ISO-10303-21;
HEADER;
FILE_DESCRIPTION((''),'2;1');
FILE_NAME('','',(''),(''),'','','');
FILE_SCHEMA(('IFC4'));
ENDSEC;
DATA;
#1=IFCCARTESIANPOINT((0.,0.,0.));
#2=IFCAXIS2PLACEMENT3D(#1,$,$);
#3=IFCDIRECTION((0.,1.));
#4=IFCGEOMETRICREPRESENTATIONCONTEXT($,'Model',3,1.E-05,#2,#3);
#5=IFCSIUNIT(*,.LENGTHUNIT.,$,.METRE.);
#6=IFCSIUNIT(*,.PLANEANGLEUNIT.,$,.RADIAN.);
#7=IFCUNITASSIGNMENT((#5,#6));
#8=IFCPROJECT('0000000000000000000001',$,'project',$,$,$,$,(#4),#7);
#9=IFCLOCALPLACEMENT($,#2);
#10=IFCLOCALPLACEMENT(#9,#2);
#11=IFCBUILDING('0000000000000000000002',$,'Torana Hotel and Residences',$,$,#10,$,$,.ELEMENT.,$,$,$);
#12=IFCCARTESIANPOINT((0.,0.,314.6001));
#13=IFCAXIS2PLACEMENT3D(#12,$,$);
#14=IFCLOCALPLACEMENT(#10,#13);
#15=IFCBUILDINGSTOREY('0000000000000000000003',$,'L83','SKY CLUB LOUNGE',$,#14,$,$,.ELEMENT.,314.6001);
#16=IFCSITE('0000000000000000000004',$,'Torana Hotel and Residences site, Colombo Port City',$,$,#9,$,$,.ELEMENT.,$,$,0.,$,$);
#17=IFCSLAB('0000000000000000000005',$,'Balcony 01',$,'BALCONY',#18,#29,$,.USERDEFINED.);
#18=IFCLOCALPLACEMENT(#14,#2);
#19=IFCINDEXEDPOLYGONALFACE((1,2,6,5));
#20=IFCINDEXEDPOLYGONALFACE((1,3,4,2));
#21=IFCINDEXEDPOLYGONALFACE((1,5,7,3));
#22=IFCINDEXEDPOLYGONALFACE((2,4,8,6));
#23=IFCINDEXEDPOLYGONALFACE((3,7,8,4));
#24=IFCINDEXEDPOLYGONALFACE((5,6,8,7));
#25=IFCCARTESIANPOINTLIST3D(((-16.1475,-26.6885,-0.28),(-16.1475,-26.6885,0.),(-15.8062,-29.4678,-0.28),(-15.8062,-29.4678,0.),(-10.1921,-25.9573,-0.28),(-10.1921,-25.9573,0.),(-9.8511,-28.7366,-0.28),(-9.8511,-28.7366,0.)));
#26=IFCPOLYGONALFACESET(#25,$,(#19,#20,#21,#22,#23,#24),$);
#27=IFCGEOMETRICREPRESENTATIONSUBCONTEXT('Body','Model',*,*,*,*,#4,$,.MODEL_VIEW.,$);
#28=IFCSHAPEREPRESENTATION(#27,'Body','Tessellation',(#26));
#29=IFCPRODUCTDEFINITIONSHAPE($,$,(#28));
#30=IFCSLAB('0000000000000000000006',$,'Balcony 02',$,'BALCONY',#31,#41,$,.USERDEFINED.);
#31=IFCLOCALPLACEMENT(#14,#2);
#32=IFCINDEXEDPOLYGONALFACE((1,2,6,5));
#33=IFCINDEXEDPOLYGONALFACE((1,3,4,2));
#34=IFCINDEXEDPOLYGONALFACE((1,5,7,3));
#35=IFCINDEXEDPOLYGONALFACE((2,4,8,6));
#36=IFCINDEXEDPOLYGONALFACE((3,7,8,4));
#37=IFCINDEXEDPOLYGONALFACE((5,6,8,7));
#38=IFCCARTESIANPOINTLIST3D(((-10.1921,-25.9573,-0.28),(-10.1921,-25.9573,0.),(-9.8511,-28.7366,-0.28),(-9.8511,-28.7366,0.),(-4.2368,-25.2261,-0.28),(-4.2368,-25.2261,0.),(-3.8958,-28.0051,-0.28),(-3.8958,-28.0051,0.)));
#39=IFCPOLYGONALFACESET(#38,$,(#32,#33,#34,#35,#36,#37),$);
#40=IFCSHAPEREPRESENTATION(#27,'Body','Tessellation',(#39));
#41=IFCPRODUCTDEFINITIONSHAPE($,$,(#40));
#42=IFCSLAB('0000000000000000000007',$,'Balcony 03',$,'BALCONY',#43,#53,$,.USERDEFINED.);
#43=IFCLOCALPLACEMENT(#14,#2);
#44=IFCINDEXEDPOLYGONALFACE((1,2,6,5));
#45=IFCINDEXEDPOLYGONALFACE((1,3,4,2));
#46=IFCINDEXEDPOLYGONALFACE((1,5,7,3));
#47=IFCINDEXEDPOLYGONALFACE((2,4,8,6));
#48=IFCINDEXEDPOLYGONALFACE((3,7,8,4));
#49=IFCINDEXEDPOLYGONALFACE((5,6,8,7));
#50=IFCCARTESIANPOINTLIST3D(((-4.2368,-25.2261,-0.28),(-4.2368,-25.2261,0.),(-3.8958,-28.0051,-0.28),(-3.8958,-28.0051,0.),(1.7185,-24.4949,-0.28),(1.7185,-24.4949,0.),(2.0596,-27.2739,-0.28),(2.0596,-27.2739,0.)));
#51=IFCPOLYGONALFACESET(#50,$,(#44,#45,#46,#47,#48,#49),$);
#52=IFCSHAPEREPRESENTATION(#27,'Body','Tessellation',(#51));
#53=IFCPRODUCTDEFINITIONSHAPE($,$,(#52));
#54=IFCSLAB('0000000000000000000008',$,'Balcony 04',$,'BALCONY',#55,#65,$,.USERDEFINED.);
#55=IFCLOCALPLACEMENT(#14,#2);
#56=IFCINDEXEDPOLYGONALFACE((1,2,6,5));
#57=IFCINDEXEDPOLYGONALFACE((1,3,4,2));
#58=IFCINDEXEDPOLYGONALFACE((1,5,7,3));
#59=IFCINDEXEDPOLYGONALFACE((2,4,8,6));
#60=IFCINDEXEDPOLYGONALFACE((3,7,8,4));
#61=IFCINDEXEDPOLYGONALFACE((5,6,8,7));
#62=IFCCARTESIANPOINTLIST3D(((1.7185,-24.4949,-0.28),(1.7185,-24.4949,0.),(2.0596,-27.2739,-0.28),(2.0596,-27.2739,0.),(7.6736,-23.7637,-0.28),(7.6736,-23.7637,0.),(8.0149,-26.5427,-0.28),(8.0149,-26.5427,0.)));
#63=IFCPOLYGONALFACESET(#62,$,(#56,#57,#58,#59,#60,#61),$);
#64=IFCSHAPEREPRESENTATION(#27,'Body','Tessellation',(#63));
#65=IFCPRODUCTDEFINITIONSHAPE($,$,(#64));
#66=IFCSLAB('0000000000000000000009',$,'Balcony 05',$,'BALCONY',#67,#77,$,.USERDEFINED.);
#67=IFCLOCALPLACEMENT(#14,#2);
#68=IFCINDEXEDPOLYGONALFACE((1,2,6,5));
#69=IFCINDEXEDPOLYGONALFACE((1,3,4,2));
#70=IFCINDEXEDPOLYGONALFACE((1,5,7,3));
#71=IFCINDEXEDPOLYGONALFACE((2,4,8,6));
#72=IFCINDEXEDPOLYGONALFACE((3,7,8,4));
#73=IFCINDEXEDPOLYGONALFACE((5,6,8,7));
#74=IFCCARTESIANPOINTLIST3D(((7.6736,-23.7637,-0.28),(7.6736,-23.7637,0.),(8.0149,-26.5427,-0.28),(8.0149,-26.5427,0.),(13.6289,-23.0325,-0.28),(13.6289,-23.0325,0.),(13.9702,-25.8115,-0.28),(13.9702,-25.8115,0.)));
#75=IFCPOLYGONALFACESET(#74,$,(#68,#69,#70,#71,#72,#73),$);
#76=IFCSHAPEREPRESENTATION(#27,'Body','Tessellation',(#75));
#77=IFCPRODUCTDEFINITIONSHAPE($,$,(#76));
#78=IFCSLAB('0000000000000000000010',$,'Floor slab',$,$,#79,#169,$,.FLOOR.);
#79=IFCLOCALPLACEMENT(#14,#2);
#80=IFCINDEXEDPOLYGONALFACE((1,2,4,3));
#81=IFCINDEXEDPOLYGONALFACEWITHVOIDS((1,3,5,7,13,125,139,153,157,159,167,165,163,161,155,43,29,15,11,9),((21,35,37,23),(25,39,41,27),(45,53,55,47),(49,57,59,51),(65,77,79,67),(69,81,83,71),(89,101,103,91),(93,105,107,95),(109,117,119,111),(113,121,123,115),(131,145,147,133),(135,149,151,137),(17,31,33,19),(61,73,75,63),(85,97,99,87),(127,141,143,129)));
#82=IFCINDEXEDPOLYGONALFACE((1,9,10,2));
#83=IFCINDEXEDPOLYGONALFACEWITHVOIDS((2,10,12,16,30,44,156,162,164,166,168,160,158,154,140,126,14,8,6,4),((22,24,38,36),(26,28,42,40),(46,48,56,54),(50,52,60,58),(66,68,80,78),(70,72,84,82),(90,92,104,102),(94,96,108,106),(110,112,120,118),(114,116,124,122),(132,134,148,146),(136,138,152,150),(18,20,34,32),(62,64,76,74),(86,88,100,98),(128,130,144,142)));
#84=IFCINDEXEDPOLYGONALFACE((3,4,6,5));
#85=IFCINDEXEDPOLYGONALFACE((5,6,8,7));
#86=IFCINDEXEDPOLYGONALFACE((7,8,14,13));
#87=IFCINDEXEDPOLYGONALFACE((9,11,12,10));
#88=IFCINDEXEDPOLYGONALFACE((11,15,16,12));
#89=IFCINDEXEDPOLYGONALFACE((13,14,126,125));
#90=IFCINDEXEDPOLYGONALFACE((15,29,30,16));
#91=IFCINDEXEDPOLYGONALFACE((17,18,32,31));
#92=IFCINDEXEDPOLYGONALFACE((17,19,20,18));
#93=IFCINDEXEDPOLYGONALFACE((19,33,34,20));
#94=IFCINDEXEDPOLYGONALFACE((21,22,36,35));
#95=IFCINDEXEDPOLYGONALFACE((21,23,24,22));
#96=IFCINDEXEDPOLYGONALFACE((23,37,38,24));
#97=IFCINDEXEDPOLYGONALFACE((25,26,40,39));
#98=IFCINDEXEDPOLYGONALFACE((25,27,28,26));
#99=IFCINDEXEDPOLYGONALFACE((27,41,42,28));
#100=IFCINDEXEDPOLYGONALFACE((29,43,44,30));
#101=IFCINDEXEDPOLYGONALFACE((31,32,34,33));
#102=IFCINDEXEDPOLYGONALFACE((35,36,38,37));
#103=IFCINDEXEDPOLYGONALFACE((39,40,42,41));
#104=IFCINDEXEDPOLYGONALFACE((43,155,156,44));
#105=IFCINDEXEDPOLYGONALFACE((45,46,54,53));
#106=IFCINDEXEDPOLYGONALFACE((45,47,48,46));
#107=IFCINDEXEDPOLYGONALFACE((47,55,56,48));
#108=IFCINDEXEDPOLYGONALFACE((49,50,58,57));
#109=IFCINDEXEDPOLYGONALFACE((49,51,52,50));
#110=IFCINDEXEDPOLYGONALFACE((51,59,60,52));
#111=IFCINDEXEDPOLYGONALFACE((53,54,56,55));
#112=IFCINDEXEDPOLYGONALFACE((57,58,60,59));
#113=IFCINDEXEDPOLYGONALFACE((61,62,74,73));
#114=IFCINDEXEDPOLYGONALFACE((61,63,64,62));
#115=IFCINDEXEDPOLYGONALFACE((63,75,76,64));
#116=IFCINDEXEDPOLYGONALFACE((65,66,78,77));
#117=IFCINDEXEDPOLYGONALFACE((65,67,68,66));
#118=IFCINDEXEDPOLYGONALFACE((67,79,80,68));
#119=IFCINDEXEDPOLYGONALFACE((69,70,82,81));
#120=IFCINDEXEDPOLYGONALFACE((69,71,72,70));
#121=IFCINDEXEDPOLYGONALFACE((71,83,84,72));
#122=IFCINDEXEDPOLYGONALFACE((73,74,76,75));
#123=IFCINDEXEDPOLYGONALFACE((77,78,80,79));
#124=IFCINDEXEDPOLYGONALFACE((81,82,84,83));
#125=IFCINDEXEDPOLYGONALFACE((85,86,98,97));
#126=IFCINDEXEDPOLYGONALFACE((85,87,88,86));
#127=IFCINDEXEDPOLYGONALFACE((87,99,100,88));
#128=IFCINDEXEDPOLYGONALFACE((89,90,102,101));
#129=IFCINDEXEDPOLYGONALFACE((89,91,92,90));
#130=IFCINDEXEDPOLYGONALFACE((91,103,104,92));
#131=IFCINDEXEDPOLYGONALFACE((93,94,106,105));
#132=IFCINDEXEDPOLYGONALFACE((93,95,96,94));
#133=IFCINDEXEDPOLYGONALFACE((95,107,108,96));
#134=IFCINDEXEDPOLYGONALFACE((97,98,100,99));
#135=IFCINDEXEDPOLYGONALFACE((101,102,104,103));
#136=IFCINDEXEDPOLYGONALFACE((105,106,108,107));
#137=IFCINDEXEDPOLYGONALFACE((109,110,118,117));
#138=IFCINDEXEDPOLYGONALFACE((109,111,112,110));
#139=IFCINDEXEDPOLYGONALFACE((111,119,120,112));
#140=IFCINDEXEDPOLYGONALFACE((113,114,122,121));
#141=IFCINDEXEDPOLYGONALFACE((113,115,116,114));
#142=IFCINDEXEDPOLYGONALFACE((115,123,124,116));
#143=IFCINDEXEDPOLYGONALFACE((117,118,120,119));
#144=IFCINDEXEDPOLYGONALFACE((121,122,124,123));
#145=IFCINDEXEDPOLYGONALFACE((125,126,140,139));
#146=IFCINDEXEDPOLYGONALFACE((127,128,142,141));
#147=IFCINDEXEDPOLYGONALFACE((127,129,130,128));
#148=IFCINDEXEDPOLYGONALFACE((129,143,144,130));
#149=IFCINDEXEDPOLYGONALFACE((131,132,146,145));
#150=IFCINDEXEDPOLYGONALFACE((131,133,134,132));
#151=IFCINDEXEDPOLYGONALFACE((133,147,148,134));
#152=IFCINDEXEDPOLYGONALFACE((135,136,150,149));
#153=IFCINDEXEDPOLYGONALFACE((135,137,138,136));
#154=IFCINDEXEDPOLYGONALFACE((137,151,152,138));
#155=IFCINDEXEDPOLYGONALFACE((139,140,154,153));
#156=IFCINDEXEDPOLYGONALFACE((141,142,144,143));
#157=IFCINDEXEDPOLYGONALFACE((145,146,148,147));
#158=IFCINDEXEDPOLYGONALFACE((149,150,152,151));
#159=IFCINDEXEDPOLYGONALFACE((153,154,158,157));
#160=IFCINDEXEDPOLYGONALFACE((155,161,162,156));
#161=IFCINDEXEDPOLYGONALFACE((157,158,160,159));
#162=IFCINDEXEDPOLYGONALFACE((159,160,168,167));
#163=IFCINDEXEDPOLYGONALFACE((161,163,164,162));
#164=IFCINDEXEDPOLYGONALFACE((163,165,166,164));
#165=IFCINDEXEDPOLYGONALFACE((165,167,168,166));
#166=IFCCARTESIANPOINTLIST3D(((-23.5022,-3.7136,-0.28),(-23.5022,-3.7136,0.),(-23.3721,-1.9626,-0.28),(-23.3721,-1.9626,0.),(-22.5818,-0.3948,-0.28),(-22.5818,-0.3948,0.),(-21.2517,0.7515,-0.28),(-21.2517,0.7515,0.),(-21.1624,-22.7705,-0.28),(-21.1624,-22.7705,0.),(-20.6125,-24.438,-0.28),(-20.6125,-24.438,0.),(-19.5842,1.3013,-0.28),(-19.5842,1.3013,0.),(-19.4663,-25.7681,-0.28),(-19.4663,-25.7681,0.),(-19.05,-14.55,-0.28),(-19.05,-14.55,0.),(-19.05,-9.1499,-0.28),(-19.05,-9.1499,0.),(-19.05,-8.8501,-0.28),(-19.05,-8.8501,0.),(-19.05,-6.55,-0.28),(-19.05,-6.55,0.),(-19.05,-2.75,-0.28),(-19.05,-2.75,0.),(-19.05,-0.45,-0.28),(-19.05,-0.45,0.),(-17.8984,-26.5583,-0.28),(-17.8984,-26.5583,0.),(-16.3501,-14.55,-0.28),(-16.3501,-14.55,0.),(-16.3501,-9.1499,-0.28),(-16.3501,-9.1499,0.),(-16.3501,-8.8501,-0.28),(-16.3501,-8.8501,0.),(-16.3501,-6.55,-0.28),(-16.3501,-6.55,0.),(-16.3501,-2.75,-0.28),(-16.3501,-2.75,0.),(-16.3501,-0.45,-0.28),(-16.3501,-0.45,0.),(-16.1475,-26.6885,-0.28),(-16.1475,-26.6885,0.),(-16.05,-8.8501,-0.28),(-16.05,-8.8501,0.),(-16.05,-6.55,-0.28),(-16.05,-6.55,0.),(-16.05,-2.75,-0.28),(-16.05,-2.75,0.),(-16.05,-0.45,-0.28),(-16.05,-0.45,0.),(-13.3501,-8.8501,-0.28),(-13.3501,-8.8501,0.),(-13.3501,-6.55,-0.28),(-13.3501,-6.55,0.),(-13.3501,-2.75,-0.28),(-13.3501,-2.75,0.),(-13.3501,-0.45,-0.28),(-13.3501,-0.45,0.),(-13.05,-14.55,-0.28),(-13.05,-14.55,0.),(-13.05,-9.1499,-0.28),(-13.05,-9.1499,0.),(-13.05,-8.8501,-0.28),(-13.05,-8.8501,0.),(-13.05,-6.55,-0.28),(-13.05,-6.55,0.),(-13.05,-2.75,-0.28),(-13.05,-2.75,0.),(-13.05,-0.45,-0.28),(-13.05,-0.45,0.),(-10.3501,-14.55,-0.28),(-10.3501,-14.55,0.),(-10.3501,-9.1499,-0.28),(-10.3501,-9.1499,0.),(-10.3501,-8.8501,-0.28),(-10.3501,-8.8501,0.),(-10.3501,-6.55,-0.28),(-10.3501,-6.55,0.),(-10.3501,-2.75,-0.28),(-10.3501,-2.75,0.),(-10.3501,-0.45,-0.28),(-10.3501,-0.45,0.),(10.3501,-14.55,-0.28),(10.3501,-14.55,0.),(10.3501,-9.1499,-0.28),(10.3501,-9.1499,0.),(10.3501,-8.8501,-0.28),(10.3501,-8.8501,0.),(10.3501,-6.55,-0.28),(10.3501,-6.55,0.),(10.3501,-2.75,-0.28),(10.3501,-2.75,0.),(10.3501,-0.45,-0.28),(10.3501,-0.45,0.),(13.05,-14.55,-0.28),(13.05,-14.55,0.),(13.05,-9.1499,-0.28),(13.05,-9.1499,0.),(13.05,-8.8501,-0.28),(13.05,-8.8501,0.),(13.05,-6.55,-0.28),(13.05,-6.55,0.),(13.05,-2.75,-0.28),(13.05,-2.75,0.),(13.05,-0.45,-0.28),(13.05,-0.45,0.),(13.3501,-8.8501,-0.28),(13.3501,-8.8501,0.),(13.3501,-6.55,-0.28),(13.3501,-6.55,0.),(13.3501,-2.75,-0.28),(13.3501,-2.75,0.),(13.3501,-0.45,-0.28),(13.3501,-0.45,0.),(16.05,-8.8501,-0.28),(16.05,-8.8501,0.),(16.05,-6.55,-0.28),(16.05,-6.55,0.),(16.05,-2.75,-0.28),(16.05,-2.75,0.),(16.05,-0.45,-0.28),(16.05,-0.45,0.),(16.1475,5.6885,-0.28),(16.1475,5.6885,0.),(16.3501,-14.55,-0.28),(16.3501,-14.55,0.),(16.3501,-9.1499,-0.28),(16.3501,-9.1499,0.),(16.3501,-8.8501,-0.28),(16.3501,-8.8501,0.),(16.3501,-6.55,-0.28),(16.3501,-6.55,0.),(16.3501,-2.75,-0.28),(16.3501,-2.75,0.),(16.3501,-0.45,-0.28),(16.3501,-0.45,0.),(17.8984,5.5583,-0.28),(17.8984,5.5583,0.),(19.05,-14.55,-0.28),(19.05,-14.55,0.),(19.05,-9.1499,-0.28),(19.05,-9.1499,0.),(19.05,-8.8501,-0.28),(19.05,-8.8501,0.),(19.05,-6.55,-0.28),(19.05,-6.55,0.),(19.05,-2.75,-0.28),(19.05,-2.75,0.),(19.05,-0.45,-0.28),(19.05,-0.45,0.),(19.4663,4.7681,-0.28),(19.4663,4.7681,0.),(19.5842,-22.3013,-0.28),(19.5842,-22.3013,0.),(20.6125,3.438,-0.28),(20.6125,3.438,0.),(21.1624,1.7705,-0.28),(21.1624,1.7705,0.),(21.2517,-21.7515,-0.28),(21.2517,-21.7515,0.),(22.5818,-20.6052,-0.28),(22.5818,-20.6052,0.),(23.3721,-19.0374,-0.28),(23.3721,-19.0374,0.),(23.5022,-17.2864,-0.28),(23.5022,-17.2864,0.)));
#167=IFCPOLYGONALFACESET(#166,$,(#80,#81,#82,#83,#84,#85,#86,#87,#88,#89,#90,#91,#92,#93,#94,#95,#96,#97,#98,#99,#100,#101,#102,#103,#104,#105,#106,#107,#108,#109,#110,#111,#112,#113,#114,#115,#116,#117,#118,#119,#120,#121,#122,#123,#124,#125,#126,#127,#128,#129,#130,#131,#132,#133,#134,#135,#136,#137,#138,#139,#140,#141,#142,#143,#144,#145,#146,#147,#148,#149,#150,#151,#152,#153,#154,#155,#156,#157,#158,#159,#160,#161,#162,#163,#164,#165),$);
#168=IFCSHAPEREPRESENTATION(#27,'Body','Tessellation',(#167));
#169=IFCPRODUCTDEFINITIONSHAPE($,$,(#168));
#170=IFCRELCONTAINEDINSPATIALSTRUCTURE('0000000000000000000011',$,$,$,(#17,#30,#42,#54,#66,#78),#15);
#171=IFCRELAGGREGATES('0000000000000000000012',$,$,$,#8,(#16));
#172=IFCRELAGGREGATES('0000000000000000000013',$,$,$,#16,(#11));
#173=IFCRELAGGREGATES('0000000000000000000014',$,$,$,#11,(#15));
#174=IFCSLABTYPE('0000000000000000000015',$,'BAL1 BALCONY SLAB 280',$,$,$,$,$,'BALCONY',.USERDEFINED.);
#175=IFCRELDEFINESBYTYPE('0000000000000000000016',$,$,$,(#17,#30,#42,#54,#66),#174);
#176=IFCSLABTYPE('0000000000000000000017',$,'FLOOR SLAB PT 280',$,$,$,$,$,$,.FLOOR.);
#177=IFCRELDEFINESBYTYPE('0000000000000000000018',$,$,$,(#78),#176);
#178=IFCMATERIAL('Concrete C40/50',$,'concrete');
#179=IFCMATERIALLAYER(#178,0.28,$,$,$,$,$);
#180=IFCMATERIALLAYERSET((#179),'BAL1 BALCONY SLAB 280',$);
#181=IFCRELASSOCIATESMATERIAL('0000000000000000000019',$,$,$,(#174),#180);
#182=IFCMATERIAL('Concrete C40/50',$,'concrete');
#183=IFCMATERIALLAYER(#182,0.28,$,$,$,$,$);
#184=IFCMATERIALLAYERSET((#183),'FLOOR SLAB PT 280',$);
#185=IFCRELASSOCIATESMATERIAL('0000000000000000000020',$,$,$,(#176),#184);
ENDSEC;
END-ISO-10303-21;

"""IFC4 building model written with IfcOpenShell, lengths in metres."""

from ifc_helpers import new_model, si_unit, direction, frame, origin, place, context, subcontext, project, spatial, polyline, outline, extrude, material, layer, layer_set, type_object, element, save


model = new_model("IFC4")

# Units and contexts
model_context = context("Model", 3, precision=1e-05, world=origin(), true_north=direction((0.0, 1.0)))
body_context = subcontext(model_context, "Body", "Model", "MODEL_VIEW")
ifc_project = project(units=[si_unit("LENGTHUNIT", "METRE"), si_unit("PLANEANGLEUNIT", "RADIAN")], contexts=[model_context])

# Site, building, storey
site_placement = place(None, origin())
site = spatial("IfcSite", under=ifc_project, at=site_placement, Name="Torana Hotel and Residences site, Colombo Port City", CompositionType="ELEMENT", RefElevation=0.0)
building_placement = place(site_placement, origin())
building = spatial("IfcBuilding", under=site, at=building_placement, Name="Torana Hotel and Residences", CompositionType="ELEMENT")
storey_placement = place(building_placement, frame((0.0, 0.0, 314.6001)))
storey = spatial("IfcBuildingStorey", under=building, at=storey_placement, Name="L83", Description="SKY CLUB LOUNGE", CompositionType="ELEMENT", Elevation=314.6001)

# Slabs
ifc_material_1 = material(Name="Concrete C40/50", Category="concrete")
ifc_layer_1 = layer(ifc_material_1, 0.28)
ifc_layer_set_1 = layer_set([ifc_layer_1], Name="BAL1 BALCONY SLAB 280")
slab_type_1 = type_object("IfcSlabType", Name="BAL1 BALCONY SLAB 280", ElementType="BALCONY", PredefinedType="USERDEFINED", material=ifc_layer_set_1)
slab_1_placement = place(storey_placement, frame((0.0, 0.0, -0.28)))
element("IfcSlab", 1, at=slab_1_placement, inside=storey, type_object=slab_type_1, Name="Balcony 01", ObjectType="BALCONY", PredefinedType="USERDEFINED", context=body_context, shape_type="SweptSolid", body=[
    extrude(outline(polyline([(-15.8062, -29.4678), (-9.8511, -28.7366), (-10.1921, -25.9573), (-16.1475, -26.6885), (-15.8062, -29.4678)])), origin(), (0.0, 0.0, 1.0), 0.28),
])
slab_2_placement = place(storey_placement, frame((0.0, 0.0, -0.28)))
element("IfcSlab", 2, at=slab_2_placement, inside=storey, type_object=slab_type_1, Name="Balcony 02", ObjectType="BALCONY", PredefinedType="USERDEFINED", context=body_context, shape_type="SweptSolid", body=[
    extrude(outline(polyline([(-9.8511, -28.7366), (-3.8958, -28.0051), (-4.2368, -25.2261), (-10.1921, -25.9573), (-9.8511, -28.7366)])), origin(), (0.0, 0.0, 1.0), 0.28),
])
slab_3_placement = place(storey_placement, frame((0.0, 0.0, -0.28)))
element("IfcSlab", 3, at=slab_3_placement, inside=storey, type_object=slab_type_1, Name="Balcony 03", ObjectType="BALCONY", PredefinedType="USERDEFINED", context=body_context, shape_type="SweptSolid", body=[
    extrude(outline(polyline([(-3.8958, -28.0051), (2.0596, -27.2739), (1.7185, -24.4949), (-4.2368, -25.2261), (-3.8958, -28.0051)])), origin(), (0.0, 0.0, 1.0), 0.28),
])
slab_4_placement = place(storey_placement, frame((0.0, 0.0, -0.28)))
element("IfcSlab", 4, at=slab_4_placement, inside=storey, type_object=slab_type_1, Name="Balcony 04", ObjectType="BALCONY", PredefinedType="USERDEFINED", context=body_context, shape_type="SweptSolid", body=[
    extrude(outline(polyline([(2.0596, -27.2739), (8.0149, -26.5427), (7.6736, -23.7637), (1.7185, -24.4949), (2.0596, -27.2739)])), origin(), (0.0, 0.0, 1.0), 0.28),
])
slab_5_placement = place(storey_placement, frame((0.0, 0.0, -0.28)))
element("IfcSlab", 5, at=slab_5_placement, inside=storey, type_object=slab_type_1, Name="Balcony 05", ObjectType="BALCONY", PredefinedType="USERDEFINED", context=body_context, shape_type="SweptSolid", body=[
    extrude(outline(polyline([(8.0149, -26.5427), (13.9702, -25.8115), (13.6289, -23.0325), (7.6736, -23.7637), (8.0149, -26.5427)])), origin(), (0.0, 0.0, 1.0), 0.28),
])
ifc_material_2 = material(Name="Concrete C40/50", Category="concrete")
ifc_layer_2 = layer(ifc_material_2, 0.28)
ifc_layer_set_2 = layer_set([ifc_layer_2], Name="FLOOR SLAB PT 280")
slab_type_2 = type_object("IfcSlabType", Name="FLOOR SLAB PT 280", PredefinedType="FLOOR", material=ifc_layer_set_2)
slab_6_placement = place(storey_placement, frame((0.0, 0.0, -0.28)))
element("IfcSlab", 6, at=slab_6_placement, inside=storey, type_object=slab_type_2, Name="Floor slab", PredefinedType="FLOOR", context=body_context, shape_type="SweptSolid", body=[
    extrude(outline(polyline([(21.1624, 1.7705), (20.6125, 3.438), (19.4663, 4.7681), (17.8984, 5.5583), (16.1475, 5.6885), (-19.5842, 1.3013), (-21.2517, 0.7515), (-22.5818, -0.3948), (-23.3721, -1.9626), (-23.5022, -3.7136), (-21.1624, -22.7705), (-20.6125, -24.438), (-19.4663, -25.7681), (-17.8984, -26.5583), (-16.1475, -26.6885), (19.5842, -22.3013), (21.2517, -21.7515), (22.5818, -20.6052), (23.3721, -19.0374), (23.5022, -17.2864), (21.1624, 1.7705)]), holes=[polyline([(-13.05, -14.55), (-10.3501, -14.55), (-10.3501, -9.1499), (-13.05, -9.1499), (-13.05, -14.55)]), polyline([(-19.05, -14.55), (-16.3501, -14.55), (-16.3501, -9.1499), (-19.05, -9.1499), (-19.05, -14.55)]), polyline([(-19.05, -2.75), (-16.3501, -2.75), (-16.3501, -0.45), (-19.05, -0.45), (-19.05, -2.75)]), polyline([(-13.05, -2.75), (-10.3501, -2.75), (-10.3501, -0.45), (-13.05, -0.45), (-13.05, -2.75)]), polyline([(-16.05, -2.75), (-13.3501, -2.75), (-13.3501, -0.45), (-16.05, -0.45), (-16.05, -2.75)]), polyline([(-13.05, -8.8501), (-10.3501, -8.8501), (-10.3501, -6.55), (-13.05, -6.55), (-13.05, -8.8501)]), polyline([(-16.05, -8.8501), (-13.3501, -8.8501), (-13.3501, -6.55), (-16.05, -6.55), (-16.05, -8.8501)]), polyline([(-19.05, -8.8501), (-16.3501, -8.8501), (-16.3501, -6.55), (-19.05, -6.55), (-19.05, -8.8501)]), polyline([(10.3501, -14.55), (13.05, -14.55), (13.05, -9.1499), (10.3501, -9.1499), (10.3501, -14.55)]), polyline([(16.3501, -14.55), (19.05, -14.55), (19.05, -9.1499), (16.3501, -9.1499), (16.3501, -14.55)]), polyline([(16.3501, -2.75), (19.05, -2.75), (19.05, -0.45), (16.3501, -0.45), (16.3501, -2.75)]), polyline([(10.3501, -2.75), (13.05, -2.75), (13.05, -0.45), (10.3501, -0.45), (10.3501, -2.75)]), polyline([(13.3501, -2.75), (16.05, -2.75), (16.05, -0.45), (13.3501, -0.45), (13.3501, -2.75)]), polyline([(10.3501, -8.8501), (13.05, -8.8501), (13.05, -6.55), (10.3501, -6.55), (10.3501, -8.8501)]), polyline([(13.3501, -8.8501), (16.05, -8.8501), (16.05, -6.55), (13.3501, -6.55), (13.3501, -8.8501)]), polyline([(16.3501, -8.8501), (19.05, -8.8501), (19.05, -6.55), (16.3501, -6.55), (16.3501, -8.8501)])]), origin(), (0.0, 0.0, 1.0), 0.28),
])

save(model, "model.ifc")
